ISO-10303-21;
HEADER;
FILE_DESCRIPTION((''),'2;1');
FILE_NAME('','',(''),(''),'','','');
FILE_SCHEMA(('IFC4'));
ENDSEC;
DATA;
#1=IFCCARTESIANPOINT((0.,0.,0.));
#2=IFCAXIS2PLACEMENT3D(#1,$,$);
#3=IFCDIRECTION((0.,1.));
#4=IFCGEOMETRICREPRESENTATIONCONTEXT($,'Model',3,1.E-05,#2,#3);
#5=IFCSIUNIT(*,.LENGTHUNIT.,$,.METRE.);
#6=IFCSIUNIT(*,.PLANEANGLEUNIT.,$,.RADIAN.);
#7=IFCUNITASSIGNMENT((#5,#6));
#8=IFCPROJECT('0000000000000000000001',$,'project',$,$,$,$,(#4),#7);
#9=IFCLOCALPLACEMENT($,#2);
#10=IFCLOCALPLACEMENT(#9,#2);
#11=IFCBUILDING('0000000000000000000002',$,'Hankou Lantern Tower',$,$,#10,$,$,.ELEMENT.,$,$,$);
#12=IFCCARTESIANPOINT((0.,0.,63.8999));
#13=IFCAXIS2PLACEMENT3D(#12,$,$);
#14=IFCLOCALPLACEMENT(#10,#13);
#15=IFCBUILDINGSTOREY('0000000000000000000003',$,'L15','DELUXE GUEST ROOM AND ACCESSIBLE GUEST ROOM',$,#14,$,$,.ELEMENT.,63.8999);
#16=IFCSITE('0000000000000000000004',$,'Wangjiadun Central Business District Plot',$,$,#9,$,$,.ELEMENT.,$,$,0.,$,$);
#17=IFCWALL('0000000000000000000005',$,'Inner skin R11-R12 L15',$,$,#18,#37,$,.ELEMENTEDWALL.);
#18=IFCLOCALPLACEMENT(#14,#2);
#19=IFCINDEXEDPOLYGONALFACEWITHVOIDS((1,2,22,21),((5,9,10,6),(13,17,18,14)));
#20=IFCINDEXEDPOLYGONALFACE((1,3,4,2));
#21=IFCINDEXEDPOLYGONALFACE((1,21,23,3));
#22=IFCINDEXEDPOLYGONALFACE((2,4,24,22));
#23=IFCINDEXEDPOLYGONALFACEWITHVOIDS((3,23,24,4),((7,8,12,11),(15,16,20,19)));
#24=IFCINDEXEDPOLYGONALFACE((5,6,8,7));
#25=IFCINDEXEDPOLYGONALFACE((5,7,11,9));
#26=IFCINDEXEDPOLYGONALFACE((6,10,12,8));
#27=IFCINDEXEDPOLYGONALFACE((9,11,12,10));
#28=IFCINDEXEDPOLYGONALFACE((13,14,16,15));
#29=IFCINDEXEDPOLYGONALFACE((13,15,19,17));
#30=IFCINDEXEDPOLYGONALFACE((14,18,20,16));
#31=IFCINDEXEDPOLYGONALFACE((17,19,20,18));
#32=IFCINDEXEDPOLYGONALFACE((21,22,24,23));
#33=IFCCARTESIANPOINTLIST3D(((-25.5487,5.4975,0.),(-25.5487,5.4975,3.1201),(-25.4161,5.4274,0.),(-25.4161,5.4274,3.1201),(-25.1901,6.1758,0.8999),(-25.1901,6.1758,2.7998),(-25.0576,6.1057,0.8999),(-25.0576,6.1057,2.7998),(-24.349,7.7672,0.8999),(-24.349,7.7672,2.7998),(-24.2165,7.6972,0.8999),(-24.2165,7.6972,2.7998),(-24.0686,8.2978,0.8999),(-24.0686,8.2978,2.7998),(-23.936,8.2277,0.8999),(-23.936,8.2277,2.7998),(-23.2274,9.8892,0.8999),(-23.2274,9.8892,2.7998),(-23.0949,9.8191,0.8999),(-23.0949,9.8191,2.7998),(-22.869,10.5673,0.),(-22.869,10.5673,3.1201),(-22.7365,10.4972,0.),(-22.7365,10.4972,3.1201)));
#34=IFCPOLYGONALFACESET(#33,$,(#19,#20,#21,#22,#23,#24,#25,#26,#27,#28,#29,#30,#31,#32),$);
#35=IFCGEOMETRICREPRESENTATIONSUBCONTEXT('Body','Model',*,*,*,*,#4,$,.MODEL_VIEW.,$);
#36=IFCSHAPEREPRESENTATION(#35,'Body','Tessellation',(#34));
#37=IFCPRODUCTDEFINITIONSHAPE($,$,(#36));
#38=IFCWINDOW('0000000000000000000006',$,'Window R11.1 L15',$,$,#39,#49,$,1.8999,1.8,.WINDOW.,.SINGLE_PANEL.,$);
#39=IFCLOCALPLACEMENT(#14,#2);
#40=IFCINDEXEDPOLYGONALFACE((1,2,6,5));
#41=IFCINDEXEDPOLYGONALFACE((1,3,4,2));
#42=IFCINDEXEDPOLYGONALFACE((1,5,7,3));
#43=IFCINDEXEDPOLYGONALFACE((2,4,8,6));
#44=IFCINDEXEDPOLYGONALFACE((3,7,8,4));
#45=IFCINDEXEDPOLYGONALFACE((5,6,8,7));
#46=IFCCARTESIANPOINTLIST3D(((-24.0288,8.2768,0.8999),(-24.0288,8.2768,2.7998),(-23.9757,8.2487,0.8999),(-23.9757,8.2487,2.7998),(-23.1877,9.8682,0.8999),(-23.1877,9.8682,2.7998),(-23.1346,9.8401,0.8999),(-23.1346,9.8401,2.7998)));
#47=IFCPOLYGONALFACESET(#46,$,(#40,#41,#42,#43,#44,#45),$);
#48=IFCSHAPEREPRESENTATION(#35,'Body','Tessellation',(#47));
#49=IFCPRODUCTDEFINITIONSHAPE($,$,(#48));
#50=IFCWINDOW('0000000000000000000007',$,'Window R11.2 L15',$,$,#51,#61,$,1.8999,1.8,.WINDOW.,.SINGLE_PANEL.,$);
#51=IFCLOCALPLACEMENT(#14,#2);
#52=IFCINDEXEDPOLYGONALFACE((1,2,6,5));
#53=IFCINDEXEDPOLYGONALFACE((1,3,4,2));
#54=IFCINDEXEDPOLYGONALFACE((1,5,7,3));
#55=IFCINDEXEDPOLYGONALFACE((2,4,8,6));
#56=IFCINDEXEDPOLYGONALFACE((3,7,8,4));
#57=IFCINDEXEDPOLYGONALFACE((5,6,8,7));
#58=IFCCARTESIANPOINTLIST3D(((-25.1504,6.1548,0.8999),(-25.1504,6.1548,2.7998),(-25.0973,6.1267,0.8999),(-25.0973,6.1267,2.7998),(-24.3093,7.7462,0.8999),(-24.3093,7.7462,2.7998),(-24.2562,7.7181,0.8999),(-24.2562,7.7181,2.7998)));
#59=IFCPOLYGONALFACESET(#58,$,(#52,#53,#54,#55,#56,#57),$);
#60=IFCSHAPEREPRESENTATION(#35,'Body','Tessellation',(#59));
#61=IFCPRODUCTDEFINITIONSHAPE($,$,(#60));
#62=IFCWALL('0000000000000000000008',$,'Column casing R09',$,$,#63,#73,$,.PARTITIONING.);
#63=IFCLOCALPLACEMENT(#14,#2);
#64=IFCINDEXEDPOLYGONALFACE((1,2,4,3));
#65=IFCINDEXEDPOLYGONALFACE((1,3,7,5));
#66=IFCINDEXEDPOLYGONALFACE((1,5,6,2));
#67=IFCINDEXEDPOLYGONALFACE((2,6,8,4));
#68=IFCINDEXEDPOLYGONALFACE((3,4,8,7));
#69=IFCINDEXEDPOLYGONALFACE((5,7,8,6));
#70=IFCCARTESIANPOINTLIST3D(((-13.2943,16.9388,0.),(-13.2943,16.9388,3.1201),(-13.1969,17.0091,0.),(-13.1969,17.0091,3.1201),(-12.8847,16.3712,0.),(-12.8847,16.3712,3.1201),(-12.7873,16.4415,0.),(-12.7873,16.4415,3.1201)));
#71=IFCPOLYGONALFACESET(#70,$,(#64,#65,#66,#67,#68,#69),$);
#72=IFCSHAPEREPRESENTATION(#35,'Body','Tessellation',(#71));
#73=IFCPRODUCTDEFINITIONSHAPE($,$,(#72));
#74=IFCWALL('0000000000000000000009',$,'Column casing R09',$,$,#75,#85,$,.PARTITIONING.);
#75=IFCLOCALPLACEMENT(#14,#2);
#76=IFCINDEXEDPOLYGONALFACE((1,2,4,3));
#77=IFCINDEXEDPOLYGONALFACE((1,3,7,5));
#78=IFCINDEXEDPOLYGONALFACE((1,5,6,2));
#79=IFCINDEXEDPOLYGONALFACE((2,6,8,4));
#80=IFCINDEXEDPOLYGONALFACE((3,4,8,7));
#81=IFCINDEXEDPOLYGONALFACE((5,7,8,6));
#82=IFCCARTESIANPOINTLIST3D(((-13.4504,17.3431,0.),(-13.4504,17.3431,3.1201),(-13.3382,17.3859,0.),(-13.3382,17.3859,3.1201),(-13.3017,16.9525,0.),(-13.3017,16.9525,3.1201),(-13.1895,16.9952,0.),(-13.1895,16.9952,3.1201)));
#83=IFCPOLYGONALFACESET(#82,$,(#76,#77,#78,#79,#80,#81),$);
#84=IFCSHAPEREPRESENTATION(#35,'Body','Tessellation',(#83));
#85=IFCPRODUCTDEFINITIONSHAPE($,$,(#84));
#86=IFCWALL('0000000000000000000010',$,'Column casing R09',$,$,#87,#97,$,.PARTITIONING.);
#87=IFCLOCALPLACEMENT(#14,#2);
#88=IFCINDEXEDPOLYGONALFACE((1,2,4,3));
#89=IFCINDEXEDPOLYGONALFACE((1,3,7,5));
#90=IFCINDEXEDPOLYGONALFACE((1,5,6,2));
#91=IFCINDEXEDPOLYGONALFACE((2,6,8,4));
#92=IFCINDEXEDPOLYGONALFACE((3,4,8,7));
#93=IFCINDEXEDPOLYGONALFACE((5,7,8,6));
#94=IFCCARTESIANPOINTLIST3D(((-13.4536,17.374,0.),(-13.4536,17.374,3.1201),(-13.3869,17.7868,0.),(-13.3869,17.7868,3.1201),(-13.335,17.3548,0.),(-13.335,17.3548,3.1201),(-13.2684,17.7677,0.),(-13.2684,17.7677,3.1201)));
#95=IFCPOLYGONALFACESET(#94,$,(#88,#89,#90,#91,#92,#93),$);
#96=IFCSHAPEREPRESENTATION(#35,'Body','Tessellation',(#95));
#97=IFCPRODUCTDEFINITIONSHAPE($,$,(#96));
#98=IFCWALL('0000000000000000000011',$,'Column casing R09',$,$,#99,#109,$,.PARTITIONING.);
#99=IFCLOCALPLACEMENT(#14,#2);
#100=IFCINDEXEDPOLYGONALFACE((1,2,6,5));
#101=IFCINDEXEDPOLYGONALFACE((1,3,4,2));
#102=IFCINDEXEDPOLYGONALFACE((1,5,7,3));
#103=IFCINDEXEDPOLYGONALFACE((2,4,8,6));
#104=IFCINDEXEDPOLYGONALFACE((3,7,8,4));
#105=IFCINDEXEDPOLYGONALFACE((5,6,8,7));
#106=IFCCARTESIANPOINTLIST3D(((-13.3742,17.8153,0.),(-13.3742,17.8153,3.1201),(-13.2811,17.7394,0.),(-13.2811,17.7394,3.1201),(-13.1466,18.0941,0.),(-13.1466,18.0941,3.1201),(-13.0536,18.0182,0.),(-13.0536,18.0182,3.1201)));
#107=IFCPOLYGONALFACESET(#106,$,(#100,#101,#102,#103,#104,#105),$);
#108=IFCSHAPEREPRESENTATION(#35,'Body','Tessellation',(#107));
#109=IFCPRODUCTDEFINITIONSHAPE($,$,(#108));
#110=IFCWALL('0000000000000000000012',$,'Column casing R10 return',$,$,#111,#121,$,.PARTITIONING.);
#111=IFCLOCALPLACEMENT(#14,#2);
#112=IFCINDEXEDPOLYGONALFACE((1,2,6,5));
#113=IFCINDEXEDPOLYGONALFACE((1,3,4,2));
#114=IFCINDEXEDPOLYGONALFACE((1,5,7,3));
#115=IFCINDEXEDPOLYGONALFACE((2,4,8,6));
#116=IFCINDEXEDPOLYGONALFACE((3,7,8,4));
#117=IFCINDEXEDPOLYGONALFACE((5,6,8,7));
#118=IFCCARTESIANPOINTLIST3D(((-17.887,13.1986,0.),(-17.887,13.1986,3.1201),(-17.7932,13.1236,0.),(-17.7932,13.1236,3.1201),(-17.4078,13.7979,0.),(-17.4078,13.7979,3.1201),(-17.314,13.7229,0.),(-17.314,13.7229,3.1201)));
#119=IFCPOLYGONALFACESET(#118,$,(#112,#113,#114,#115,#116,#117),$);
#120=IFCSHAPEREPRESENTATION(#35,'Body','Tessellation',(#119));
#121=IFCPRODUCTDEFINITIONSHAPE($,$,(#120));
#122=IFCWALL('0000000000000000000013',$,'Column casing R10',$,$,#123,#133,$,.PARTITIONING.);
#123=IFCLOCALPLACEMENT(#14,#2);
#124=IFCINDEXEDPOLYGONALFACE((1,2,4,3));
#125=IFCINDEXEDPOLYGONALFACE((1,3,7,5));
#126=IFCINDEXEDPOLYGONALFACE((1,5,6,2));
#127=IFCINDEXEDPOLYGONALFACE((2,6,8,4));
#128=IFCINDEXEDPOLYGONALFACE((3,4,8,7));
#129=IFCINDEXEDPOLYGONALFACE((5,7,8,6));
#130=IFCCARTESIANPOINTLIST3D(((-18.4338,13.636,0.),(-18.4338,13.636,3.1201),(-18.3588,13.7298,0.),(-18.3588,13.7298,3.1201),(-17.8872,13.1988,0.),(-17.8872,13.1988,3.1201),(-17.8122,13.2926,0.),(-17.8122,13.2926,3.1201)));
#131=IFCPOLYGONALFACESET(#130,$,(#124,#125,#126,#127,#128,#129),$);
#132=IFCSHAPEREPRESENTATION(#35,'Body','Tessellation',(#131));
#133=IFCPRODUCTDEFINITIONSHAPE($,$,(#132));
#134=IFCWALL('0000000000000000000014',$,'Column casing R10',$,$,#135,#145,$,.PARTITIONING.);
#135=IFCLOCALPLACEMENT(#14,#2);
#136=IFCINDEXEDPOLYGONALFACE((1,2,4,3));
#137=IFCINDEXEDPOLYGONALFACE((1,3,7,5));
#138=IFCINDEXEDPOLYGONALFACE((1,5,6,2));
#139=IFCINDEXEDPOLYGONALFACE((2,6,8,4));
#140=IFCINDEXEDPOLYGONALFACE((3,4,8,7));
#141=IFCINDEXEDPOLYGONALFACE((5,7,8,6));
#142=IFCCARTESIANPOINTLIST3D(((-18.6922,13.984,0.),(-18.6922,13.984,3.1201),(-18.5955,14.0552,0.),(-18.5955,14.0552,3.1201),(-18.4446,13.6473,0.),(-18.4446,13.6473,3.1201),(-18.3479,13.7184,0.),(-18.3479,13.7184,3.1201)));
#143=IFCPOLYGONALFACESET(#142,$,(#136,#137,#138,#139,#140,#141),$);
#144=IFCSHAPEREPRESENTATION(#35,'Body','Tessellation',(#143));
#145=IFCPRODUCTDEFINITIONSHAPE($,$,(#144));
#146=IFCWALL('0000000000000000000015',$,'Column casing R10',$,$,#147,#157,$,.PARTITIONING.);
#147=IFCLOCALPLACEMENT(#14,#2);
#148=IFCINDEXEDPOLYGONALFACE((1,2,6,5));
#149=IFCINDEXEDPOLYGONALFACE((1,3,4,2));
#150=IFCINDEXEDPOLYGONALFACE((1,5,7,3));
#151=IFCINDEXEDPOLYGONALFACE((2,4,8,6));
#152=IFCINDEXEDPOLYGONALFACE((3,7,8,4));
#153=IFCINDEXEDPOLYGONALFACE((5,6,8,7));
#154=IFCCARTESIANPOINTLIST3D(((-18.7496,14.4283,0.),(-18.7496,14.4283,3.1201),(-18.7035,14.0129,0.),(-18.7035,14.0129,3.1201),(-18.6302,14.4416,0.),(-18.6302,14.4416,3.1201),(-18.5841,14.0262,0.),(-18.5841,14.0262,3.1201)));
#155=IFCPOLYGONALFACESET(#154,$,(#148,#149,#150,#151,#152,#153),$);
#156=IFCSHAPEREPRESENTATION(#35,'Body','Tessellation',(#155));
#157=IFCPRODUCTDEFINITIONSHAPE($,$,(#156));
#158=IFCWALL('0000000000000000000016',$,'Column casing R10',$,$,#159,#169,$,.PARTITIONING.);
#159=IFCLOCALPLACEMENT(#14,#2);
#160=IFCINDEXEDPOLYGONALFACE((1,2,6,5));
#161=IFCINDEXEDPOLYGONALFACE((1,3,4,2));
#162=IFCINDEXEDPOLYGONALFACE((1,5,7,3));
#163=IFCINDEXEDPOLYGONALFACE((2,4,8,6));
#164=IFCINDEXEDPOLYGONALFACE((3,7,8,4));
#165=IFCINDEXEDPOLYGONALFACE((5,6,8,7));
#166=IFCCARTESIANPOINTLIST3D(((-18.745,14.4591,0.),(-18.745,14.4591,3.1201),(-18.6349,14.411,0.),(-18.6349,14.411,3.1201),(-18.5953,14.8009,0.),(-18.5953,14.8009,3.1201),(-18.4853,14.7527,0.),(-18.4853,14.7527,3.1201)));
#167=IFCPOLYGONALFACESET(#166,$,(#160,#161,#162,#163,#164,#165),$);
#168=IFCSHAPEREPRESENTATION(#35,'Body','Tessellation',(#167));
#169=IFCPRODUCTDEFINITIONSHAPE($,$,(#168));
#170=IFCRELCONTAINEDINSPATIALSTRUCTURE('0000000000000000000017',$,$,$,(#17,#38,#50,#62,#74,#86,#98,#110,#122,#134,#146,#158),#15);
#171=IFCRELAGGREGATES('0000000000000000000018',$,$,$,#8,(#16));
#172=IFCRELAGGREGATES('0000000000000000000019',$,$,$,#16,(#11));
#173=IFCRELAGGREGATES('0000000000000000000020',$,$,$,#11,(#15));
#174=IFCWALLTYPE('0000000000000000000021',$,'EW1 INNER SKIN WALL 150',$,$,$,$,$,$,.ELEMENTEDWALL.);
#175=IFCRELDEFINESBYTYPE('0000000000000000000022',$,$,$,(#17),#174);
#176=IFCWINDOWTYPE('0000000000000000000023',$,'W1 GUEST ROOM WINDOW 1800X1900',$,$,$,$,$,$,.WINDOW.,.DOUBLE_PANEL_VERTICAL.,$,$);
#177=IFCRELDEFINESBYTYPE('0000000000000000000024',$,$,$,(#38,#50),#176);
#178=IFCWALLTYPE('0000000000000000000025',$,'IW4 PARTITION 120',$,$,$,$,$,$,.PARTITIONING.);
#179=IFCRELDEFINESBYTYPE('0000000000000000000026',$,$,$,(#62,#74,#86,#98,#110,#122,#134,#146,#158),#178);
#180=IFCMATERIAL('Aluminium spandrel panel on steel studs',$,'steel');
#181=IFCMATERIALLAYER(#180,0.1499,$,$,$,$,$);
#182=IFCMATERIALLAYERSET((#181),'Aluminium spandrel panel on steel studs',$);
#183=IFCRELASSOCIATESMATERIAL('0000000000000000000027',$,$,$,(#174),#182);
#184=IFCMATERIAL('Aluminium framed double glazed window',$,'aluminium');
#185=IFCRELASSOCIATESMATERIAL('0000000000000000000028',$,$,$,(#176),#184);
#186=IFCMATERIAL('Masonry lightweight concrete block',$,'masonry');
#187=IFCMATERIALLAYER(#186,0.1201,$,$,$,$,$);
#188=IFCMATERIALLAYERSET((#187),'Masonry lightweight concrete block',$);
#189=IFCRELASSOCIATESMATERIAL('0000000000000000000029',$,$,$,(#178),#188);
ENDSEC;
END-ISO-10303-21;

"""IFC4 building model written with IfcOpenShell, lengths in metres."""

from ifc_helpers import new_model, si_unit, direction, frame, frame_2d, origin, place, context, subcontext, project, spatial, rectangle, extrude, material, layer, layer_set, type_object, element, fill, save


model = new_model("IFC4")

# Units and contexts
model_context = context("Model", 3, precision=1e-05, world=origin(), true_north=direction((0.0, 1.0)))
body_context = subcontext(model_context, "Body", "Model", "MODEL_VIEW")
ifc_project = project(units=[si_unit("LENGTHUNIT", "METRE"), si_unit("PLANEANGLEUNIT", "RADIAN")], contexts=[model_context])

# Site, building, storey
site_placement = place(None, origin())
site = spatial("IfcSite", under=ifc_project, at=site_placement, Name="Wangjiadun Central Business District Plot", CompositionType="ELEMENT", RefElevation=0.0)
building_placement = place(site_placement, origin())
building = spatial("IfcBuilding", under=site, at=building_placement, Name="Hankou Lantern Tower", CompositionType="ELEMENT")
storey_placement = place(building_placement, frame((0.0, 0.0, 63.8999)))
storey = spatial("IfcBuildingStorey", under=building, at=storey_placement, Name="L15", Description="DELUXE GUEST ROOM AND ACCESSIBLE GUEST ROOM", CompositionType="ELEMENT", Elevation=63.8999)

# Wall, openings, windows
ifc_material_1 = material(Name="Aluminium spandrel panel on steel studs", Category="steel")
ifc_layer_1 = layer(ifc_material_1, 0.1499)
ifc_layer_set_1 = layer_set([ifc_layer_1], Name="Aluminium spandrel panel on steel studs")
wall_type_1 = type_object("IfcWallType", Name="EW1 INNER SKIN WALL 150", PredefinedType="ELEMENTEDWALL", material=ifc_layer_set_1)
ifc_material_2 = material(Name="Aluminium framed double glazed window", Category="aluminium")
window_type = type_object("IfcWindowType", Name="W1 GUEST ROOM WINDOW 1800X1900", PartitioningType="DOUBLE_PANEL_VERTICAL", PredefinedType="WINDOW", material=ifc_material_2)
wall_1_placement = place(storey_placement, frame((-22.8027, 10.5322, 0.0), z_axis=(0.0, 0.0, 1.0), x_axis=(-0.467297, -0.8841, 0.0)))
wall_1 = element("IfcWall", 1, at=wall_1_placement, inside=storey, type_object=wall_type_1, Name="Inner skin R11-R12 L15", PredefinedType="ELEMENTEDWALL", context=body_context, shape_type="SweptSolid", body=[
    extrude(rectangle(XDim=5.7344, YDim=0.1499, at=frame_2d((2.8672, 0.0))), origin(), (0.0, 0.0, 1.0), 3.1201),
])
opening_1_placement = place(wall_1_placement, frame((0.7671, 0.0, 0.8999)))
opening_1 = element("IfcOpeningElement", 2, at=opening_1_placement, cuts=wall_1, PredefinedType="OPENING", context=body_context, shape_type="SweptSolid", body=[
    extrude(rectangle(XDim=1.8, YDim=1.8999, at=frame_2d((0.8999, 0.95))), frame((0.0, 0.085, 0.0), z_axis=(0.0, -1.0, 0.0), x_axis=(1.0, 0.0, 0.0)), (0.0, 0.0, 1.0), 0.1699),
])
opening_2_placement = place(wall_1_placement, frame((3.1672, 0.0, 0.8999)))
opening_2 = element("IfcOpeningElement", 3, at=opening_2_placement, cuts=wall_1, PredefinedType="OPENING", context=body_context, shape_type="SweptSolid", body=[
    extrude(rectangle(XDim=1.8, YDim=1.8999, at=frame_2d((0.8999, 0.95))), frame((0.0, 0.085, 0.0), z_axis=(0.0, -1.0, 0.0), x_axis=(1.0, 0.0, 0.0)), (0.0, 0.0, 1.0), 0.1699),
])
window_1_placement = place(opening_1_placement, origin())
window_1 = element("IfcWindow", 4, at=window_1_placement, inside=storey, type_object=window_type, Name="Window R11.1 L15", OverallHeight=1.8999, OverallWidth=1.8, PartitioningType="SINGLE_PANEL", PredefinedType="WINDOW", context=body_context, shape_type="SweptSolid", body=[
    extrude(rectangle(XDim=1.8, YDim=1.8999, at=frame_2d((0.8999, 0.95))), frame((0.0, 0.03, 0.0), z_axis=(0.0, -1.0, 0.0), x_axis=(1.0, 0.0, 0.0)), (0.0, 0.0, 1.0), 0.0601),
])
fill(opening_1, window_1)
window_2_placement = place(opening_2_placement, origin())
window_2 = element("IfcWindow", 5, at=window_2_placement, inside=storey, type_object=window_type, Name="Window R11.2 L15", OverallHeight=1.8999, OverallWidth=1.8, PartitioningType="SINGLE_PANEL", PredefinedType="WINDOW", context=body_context, shape_type="SweptSolid", body=[
    extrude(rectangle(XDim=1.8, YDim=1.8999, at=frame_2d((0.8999, 0.95))), frame((0.0, 0.03, 0.0), z_axis=(0.0, -1.0, 0.0), x_axis=(1.0, 0.0, 0.0)), (0.0, 0.0, 1.0), 0.0601),
])
fill(opening_2, window_2)

# Walls
ifc_material_3 = material(Name="Masonry lightweight concrete block", Category="masonry")
ifc_layer_2 = layer(ifc_material_3, 0.1201)
ifc_layer_set_2 = layer_set([ifc_layer_2], Name="Masonry lightweight concrete block")
wall_type_2 = type_object("IfcWallType", Name="IW4 PARTITION 120", PredefinedType="PARTITIONING", material=ifc_layer_set_2)
wall_2_placement = place(storey_placement, frame((-12.8359, 16.4062, 0.0), z_axis=(0.0, 0.0, 1.0), x_axis=(-0.585223, 0.810872, 0.0)))
element("IfcWall", 6, at=wall_2_placement, inside=storey, type_object=wall_type_2, Name="Column casing R09", PredefinedType="PARTITIONING", context=body_context, shape_type="SweptSolid", body=[
    extrude(rectangle(XDim=0.7, YDim=0.1201, at=frame_2d((0.3501, 0.0))), origin(), (0.0, 0.0, 1.0), 3.1201),
])
wall_3_placement = place(storey_placement, frame((-13.2456, 16.9739, 0.0), z_axis=(0.0, 0.0, 1.0), x_axis=(-0.355728, 0.934589, 0.0)))
element("IfcWall", 7, at=wall_3_placement, inside=storey, type_object=wall_type_2, Name="Column casing R09", PredefinedType="PARTITIONING", context=body_context, shape_type="SweptSolid", body=[
    extrude(rectangle(XDim=0.418, YDim=0.1201, at=frame_2d((0.209, 0.0))), origin(), (0.0, 0.0, 1.0), 3.1201),
])
wall_4_placement = place(storey_placement, frame((-13.3943, 17.3645, 0.0), z_axis=(0.0, 0.0, 1.0), x_axis=(0.159379, 0.987217, 0.0)))
element("IfcWall", 8, at=wall_4_placement, inside=storey, type_object=wall_type_2, Name="Column casing R09", PredefinedType="PARTITIONING", context=body_context, shape_type="SweptSolid", body=[
    extrude(rectangle(XDim=0.4182, YDim=0.1201, at=frame_2d((0.209, 0.0))), origin(), (0.0, 0.0, 1.0), 3.1201),
])
wall_5_placement = place(storey_placement, frame((-13.3276, 17.7773, 0.0), z_axis=(0.0, 0.0, 1.0), x_axis=(0.632277, 0.774743, 0.0)))
element("IfcWall", 9, at=wall_5_placement, inside=storey, type_object=wall_type_2, Name="Column casing R09", PredefinedType="PARTITIONING", context=body_context, shape_type="SweptSolid", body=[
    extrude(rectangle(XDim=0.3599, YDim=0.1201, at=frame_2d((0.1799, 0.0))), origin(), (0.0, 0.0, 1.0), 3.1201),
])
wall_6_placement = place(storey_placement, frame((-17.3608, 13.7605, 0.0), z_axis=(0.0, 0.0, 1.0), x_axis=(-0.624501, -0.781024, 0.0)))
element("IfcWall", 10, at=wall_6_placement, inside=storey, type_object=wall_type_2, Name="Column casing R10 return", PredefinedType="PARTITIONING", context=body_context, shape_type="SweptSolid", body=[
    extrude(rectangle(XDim=0.7673, YDim=0.1201, at=frame_2d((0.3838, 0.0))), origin(), (0.0, 0.0, 1.0), 3.1201),
])
wall_7_placement = place(storey_placement, frame((-17.8496, 13.2456, 0.0), z_axis=(0.0, 0.0, 1.0), x_axis=(-0.780903, 0.624653, 0.0)))
element("IfcWall", 11, at=wall_7_placement, inside=storey, type_object=wall_type_2, Name="Column casing R10", PredefinedType="PARTITIONING", context=body_context, shape_type="SweptSolid", body=[
    extrude(rectangle(XDim=0.7, YDim=0.1201, at=frame_2d((0.3501, 0.0))), origin(), (0.0, 0.0, 1.0), 3.1201),
])
for number, where, z_axis, x_axis, name in (
    (12, (-18.3962, 13.6829, 0.0), (0.0, 0.0, 1.0), (-0.592402, 0.805643, 0.0), "Column casing R10"),
    (13, (-18.6438, 14.0195, 0.0), (0.0, 0.0, 1.0), (-0.110367, 0.993891, 0.0), "Column casing R10"),
):
    element("IfcWall", number, at=place(storey_placement, frame(where, z_axis=z_axis, x_axis=x_axis)), inside=storey, type_object=wall_type_2, Name=name, PredefinedType="PARTITIONING", context=body_context, shape_type="SweptSolid", body=[
        extrude(rectangle(XDim=0.418, YDim=0.1201, at=frame_2d((0.209, 0.0))), origin(), (0.0, 0.0, 1.0), 3.1201),
    ])
wall_8_placement = place(storey_placement, frame((-18.6899, 14.4351, 0.0), z_axis=(0.0, 0.0, 1.0), x_axis=(0.401093, 0.916037, 0.0)))
element("IfcWall", 14, at=wall_8_placement, inside=storey, type_object=wall_type_2, Name="Column casing R10", PredefinedType="PARTITIONING", context=body_context, shape_type="SweptSolid", body=[
    extrude(rectangle(XDim=0.373, YDim=0.1201, at=frame_2d((0.1865, 0.0))), origin(), (0.0, 0.0, 1.0), 3.1201),
])

save(model, "model.ifc")
